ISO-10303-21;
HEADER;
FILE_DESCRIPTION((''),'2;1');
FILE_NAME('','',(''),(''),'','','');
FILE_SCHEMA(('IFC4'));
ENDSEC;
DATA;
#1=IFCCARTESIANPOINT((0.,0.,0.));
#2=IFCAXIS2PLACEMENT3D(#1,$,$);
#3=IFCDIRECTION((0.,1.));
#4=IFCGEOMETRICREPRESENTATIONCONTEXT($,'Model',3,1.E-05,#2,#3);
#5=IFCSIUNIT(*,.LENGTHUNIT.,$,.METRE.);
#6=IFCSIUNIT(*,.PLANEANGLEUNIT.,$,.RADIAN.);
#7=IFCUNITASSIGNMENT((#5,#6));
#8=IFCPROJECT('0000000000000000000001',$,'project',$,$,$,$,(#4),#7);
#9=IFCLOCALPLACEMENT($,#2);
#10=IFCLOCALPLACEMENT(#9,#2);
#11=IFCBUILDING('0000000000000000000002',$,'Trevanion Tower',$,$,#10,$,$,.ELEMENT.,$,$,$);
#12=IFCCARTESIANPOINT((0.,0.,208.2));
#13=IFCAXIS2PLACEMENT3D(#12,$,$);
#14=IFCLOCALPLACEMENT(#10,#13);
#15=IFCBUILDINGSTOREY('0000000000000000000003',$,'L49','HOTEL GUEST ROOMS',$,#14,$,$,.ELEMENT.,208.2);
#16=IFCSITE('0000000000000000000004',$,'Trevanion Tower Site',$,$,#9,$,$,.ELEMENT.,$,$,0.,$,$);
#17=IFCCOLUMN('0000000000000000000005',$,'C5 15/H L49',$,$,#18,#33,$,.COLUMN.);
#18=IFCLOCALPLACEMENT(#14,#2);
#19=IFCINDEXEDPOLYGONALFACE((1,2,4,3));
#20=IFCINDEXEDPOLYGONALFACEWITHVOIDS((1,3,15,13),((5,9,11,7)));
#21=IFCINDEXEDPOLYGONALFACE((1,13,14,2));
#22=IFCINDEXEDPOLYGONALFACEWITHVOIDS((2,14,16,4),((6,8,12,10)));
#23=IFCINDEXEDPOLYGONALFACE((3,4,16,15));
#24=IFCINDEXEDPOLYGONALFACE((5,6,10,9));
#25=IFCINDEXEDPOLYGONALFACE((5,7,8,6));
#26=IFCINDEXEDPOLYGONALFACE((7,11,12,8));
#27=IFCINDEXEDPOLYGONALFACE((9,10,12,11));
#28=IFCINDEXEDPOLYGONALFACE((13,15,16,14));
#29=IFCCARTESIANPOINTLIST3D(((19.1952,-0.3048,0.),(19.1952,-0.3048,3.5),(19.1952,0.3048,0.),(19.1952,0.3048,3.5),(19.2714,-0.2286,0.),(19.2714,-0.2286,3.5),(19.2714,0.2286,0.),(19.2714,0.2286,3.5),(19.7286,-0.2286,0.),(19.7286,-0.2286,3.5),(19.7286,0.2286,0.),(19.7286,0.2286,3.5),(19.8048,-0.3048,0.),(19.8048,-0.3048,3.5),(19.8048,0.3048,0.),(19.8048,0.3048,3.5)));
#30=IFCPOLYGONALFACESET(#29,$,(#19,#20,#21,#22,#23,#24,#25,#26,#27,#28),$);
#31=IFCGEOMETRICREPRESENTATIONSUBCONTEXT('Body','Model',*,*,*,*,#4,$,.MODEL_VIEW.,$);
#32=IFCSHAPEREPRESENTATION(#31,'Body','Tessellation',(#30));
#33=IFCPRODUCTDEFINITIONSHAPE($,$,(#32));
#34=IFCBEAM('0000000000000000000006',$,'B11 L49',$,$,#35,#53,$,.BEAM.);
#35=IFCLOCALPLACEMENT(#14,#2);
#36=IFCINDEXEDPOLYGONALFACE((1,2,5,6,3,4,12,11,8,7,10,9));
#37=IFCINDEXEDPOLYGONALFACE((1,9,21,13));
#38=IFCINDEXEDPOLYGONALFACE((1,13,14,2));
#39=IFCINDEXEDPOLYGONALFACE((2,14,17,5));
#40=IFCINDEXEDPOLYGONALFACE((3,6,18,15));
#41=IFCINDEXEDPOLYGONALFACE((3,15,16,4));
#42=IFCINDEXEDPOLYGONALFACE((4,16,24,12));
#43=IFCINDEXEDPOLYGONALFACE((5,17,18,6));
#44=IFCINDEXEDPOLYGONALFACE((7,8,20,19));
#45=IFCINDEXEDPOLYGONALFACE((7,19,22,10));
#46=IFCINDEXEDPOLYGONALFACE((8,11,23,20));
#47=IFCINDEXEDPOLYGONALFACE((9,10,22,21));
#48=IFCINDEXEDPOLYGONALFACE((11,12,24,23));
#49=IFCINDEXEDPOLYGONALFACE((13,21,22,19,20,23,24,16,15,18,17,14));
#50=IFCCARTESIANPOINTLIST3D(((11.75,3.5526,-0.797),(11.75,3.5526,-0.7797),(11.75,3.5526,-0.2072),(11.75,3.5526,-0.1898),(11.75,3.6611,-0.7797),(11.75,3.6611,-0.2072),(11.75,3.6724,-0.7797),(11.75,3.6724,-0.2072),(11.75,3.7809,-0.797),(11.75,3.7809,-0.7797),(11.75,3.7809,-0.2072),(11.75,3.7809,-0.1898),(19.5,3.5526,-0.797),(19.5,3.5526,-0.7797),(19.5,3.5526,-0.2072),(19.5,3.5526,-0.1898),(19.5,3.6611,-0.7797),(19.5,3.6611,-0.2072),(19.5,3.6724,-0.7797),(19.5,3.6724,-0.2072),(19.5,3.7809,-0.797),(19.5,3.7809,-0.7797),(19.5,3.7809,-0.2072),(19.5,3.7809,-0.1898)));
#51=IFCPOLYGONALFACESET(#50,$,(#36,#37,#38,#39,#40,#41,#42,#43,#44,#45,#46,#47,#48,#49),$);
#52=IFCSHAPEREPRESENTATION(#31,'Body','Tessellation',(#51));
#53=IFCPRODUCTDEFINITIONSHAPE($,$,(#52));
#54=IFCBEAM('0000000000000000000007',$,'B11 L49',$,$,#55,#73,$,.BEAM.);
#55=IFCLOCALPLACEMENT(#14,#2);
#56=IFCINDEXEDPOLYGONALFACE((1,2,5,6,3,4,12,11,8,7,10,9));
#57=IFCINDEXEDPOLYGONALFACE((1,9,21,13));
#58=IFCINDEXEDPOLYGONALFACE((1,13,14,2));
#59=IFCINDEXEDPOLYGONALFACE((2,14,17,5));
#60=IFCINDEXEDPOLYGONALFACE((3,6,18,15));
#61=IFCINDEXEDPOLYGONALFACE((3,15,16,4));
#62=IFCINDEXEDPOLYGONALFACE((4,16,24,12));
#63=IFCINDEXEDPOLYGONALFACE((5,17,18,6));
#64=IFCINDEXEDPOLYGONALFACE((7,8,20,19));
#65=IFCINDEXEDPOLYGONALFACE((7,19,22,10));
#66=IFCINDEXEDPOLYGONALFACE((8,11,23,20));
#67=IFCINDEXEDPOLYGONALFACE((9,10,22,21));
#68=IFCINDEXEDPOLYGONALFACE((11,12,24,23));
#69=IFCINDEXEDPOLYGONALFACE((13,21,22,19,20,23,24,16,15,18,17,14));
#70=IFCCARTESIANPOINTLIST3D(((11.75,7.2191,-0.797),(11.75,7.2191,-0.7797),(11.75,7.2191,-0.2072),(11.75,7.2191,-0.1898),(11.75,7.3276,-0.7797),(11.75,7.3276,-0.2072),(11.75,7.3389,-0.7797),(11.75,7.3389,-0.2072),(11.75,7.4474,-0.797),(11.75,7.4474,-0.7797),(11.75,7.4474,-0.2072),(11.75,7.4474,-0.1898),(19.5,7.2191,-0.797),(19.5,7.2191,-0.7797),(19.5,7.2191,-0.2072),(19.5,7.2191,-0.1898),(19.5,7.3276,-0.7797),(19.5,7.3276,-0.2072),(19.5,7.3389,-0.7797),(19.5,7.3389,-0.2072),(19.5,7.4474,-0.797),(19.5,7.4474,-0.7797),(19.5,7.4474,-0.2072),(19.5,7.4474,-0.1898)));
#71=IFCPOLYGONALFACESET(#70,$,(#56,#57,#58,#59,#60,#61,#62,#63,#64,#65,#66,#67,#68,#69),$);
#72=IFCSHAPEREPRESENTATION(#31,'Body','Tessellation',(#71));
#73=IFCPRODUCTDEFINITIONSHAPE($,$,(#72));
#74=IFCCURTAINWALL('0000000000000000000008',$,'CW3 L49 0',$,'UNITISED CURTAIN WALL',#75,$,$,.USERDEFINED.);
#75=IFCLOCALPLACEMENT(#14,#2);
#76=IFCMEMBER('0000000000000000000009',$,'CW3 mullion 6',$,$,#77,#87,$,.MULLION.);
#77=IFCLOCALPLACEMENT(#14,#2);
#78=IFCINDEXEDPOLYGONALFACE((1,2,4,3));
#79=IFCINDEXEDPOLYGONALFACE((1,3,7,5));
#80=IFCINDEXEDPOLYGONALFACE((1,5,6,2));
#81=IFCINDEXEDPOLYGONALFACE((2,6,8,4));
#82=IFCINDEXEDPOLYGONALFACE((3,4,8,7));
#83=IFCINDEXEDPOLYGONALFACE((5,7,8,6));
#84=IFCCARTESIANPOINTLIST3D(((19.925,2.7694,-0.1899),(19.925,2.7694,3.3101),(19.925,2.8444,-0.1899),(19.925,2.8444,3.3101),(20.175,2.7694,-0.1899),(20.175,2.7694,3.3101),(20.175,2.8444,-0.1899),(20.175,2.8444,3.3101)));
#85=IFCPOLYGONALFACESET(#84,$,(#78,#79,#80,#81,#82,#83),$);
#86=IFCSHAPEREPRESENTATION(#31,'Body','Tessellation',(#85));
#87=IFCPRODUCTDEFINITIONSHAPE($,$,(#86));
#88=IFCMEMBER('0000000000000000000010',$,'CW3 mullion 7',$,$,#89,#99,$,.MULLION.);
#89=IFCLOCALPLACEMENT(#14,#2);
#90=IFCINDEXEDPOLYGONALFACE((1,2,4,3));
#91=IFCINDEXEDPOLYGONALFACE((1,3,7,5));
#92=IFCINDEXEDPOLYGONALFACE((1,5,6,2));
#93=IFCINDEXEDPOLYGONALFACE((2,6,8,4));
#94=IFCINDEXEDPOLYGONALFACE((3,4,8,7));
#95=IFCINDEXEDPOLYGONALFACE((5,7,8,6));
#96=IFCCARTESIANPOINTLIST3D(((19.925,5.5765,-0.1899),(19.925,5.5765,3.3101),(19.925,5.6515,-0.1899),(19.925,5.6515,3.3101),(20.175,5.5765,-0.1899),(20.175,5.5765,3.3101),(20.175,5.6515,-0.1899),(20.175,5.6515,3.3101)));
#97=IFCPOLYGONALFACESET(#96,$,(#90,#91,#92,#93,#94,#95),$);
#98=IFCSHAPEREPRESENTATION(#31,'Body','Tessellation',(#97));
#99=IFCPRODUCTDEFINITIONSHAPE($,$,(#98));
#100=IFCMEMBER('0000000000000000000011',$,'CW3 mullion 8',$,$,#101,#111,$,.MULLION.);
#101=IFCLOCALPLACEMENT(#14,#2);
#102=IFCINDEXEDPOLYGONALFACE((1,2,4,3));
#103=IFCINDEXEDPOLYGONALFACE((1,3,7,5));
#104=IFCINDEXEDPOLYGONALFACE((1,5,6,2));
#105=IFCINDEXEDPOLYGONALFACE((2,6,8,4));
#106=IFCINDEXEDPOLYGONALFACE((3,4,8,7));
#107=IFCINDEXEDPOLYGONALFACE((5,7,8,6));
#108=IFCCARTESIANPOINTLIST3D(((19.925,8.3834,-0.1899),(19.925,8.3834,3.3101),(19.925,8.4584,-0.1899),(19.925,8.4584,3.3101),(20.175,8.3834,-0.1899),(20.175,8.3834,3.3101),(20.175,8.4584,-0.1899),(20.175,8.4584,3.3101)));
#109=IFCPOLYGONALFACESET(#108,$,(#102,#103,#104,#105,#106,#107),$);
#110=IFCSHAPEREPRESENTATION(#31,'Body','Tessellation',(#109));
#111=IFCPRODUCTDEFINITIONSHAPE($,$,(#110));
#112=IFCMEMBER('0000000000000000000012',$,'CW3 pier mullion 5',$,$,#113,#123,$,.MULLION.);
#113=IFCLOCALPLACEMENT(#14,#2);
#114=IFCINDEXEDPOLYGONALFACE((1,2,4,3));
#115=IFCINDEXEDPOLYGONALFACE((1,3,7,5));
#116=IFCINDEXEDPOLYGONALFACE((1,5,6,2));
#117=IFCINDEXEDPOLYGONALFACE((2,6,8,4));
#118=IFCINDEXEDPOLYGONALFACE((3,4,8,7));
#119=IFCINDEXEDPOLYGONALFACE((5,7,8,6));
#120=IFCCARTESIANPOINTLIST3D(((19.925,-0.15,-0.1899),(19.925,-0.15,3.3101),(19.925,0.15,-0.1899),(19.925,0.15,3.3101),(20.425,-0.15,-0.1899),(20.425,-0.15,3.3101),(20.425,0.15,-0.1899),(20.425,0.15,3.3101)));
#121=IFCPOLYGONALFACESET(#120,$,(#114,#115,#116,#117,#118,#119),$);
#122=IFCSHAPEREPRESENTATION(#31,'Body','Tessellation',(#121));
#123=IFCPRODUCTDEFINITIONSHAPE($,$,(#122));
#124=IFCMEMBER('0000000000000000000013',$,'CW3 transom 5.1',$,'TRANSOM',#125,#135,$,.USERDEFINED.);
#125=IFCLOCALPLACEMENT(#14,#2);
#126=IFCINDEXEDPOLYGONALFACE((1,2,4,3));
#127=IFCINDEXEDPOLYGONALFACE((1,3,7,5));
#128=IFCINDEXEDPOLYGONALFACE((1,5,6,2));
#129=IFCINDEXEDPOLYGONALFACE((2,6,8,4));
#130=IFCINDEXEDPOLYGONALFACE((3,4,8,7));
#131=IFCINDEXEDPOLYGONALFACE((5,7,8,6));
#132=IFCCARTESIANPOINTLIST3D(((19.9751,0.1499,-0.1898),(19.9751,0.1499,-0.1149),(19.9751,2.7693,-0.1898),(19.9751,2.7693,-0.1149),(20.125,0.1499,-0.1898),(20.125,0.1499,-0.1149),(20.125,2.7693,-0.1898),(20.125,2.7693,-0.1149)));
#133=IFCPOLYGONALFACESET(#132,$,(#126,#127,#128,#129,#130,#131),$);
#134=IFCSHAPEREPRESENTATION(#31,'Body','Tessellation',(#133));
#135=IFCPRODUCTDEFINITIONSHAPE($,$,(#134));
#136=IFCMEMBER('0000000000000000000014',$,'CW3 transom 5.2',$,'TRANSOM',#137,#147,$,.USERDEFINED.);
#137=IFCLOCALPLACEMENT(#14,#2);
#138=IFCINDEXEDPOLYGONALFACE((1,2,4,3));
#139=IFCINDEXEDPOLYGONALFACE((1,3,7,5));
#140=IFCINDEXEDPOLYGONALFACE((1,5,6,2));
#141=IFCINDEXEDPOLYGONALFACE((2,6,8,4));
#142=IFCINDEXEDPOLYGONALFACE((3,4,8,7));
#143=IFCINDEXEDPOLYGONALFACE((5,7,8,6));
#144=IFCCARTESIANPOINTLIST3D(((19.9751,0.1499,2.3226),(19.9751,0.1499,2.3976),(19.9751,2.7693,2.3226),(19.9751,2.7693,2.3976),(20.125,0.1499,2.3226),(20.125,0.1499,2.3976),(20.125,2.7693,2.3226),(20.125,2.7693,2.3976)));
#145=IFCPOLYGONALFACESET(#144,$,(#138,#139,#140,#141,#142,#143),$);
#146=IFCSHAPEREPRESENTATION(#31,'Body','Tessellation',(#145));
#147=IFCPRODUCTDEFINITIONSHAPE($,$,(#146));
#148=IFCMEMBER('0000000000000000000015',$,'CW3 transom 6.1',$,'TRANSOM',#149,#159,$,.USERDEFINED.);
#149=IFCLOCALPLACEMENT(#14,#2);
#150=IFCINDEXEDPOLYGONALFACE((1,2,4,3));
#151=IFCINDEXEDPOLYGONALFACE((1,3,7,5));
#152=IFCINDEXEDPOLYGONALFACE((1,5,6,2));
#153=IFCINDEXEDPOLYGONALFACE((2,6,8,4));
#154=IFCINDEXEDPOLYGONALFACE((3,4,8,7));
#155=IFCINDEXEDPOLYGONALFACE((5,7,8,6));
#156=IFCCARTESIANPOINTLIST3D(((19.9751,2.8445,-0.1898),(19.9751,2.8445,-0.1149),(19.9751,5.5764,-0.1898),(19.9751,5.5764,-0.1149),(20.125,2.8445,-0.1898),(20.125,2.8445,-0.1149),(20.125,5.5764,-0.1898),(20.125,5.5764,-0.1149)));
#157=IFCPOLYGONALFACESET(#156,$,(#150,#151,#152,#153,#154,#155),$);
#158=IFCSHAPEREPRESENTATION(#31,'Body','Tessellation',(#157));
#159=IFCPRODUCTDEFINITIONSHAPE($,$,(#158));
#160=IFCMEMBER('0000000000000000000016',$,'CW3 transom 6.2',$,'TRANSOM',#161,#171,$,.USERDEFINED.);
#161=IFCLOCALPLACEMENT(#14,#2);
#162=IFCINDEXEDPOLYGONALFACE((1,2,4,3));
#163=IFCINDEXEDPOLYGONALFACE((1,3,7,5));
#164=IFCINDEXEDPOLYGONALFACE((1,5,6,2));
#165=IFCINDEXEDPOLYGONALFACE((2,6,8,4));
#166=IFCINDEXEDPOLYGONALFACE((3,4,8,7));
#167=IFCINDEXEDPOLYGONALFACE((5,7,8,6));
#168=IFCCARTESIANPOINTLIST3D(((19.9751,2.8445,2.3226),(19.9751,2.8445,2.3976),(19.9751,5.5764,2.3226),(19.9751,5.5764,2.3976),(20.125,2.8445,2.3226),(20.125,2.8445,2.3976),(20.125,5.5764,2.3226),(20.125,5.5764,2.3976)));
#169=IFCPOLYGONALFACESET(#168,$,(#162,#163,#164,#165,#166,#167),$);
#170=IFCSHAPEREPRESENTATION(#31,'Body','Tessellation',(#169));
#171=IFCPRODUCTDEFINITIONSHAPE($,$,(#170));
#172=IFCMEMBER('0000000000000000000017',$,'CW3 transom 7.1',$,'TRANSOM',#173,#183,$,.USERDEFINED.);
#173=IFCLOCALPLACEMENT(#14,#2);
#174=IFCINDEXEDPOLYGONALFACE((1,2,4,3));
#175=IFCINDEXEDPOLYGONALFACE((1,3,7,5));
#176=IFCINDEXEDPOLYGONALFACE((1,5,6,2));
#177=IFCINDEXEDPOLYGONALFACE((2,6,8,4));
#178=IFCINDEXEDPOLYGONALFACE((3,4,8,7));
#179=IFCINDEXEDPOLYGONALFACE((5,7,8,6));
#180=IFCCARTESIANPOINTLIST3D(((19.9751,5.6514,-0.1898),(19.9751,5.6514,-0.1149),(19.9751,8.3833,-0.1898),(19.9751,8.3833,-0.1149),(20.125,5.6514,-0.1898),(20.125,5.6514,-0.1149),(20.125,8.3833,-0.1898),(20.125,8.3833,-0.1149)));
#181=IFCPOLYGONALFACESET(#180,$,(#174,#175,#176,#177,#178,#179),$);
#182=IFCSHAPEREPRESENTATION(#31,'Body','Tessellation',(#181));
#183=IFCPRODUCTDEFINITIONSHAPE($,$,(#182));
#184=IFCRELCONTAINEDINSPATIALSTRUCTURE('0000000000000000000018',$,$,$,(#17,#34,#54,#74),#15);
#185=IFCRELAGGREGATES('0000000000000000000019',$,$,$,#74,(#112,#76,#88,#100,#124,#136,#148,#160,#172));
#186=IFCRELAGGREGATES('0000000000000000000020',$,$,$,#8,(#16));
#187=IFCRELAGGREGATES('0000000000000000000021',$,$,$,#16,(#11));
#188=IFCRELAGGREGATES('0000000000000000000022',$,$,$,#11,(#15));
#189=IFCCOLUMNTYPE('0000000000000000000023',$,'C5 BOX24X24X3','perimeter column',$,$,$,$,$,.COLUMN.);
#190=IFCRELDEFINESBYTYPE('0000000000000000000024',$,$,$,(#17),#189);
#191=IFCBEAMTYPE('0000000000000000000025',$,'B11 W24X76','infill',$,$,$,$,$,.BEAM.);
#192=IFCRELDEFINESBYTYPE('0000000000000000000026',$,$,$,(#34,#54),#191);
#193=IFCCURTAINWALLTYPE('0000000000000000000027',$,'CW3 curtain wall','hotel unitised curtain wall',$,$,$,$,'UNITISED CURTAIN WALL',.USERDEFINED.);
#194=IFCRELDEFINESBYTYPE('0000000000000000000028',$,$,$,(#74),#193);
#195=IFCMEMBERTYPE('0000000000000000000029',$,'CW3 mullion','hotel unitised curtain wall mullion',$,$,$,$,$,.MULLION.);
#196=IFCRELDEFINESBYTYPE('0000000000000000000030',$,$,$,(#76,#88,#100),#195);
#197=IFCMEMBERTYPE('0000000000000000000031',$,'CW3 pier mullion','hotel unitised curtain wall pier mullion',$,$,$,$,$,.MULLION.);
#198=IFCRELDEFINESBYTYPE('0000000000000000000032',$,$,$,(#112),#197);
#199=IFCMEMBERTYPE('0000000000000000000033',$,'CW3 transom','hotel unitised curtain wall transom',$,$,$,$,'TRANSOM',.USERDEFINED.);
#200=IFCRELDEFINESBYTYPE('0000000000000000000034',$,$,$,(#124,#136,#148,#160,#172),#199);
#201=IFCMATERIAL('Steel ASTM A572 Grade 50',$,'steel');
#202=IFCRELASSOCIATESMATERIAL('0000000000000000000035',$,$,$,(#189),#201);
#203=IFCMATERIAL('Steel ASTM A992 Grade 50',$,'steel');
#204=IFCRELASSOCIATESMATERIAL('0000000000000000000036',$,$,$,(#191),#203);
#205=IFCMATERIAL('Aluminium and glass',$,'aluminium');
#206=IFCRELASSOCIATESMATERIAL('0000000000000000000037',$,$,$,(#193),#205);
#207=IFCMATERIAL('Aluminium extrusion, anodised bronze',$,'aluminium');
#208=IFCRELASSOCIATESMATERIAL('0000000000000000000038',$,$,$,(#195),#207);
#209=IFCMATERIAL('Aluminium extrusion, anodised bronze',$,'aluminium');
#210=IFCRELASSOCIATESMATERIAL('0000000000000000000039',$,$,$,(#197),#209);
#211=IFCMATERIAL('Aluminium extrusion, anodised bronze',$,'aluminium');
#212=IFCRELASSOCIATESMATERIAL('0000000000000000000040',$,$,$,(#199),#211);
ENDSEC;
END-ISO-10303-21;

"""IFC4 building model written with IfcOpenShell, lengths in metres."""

from ifc_helpers import new_model, si_unit, direction, frame, origin, origin_2d, place, context, subcontext, project, spatial, rectangle, hollow_rectangle, i_section, extrude, material, material_profile, profile_set, type_object, element, aggregate, save


model = new_model("IFC4")

# Units and contexts
model_context = context("Model", 3, precision=1e-05, world=origin(), true_north=direction((0.0, 1.0)))
body_context = subcontext(model_context, "Body", "Model", "MODEL_VIEW")
ifc_project = project(units=[si_unit("LENGTHUNIT", "METRE"), si_unit("PLANEANGLEUNIT", "RADIAN")], contexts=[model_context])

# Site, building, storey
site_placement = place(None, origin())
site = spatial("IfcSite", under=ifc_project, at=site_placement, Name="Trevanion Tower Site", CompositionType="ELEMENT", RefElevation=0.0)
building_placement = place(site_placement, origin())
building = spatial("IfcBuilding", under=site, at=building_placement, Name="Trevanion Tower", CompositionType="ELEMENT")
storey_placement = place(building_placement, frame((0.0, 0.0, 208.2)))
storey = spatial("IfcBuildingStorey", under=building, at=storey_placement, Name="L49", Description="HOTEL GUEST ROOMS", CompositionType="ELEMENT", Elevation=208.2)

# Column
ifc_material_1 = material(Name="Steel ASTM A572 Grade 50", Category="steel")
ifc_material_profile_1 = material_profile(ifc_material_1, hollow_rectangle(XDim=0.6096, YDim=0.6096, WallThickness=0.0762, at=origin_2d()), Name="BOX24X24X3")
ifc_profile_set_1 = profile_set([ifc_material_profile_1], Name="Steel ASTM A572 Grade 50")
column_type = type_object("IfcColumnType", Name="C5 BOX24X24X3", Description="perimeter column", PredefinedType="COLUMN", material=ifc_profile_set_1)
column_placement = place(storey_placement, frame((19.5, 0.0, 0.0), z_axis=(0.0, 0.0, 1.0), x_axis=(0.0, 1.0, 0.0)))
element("IfcColumn", 1, at=column_placement, inside=storey, type_object=column_type, Name="C5 15/H L49", PredefinedType="COLUMN", context=body_context, shape_type="SweptSolid", body=[
    extrude(hollow_rectangle(XDim=0.6096, YDim=0.6096, WallThickness=0.0762, at=origin_2d()), origin(), (0.0, 0.0, 1.0), 3.5),
])

# Beams
ifc_material_2 = material(Name="Steel ASTM A992 Grade 50", Category="steel")
ifc_material_profile_2 = material_profile(ifc_material_2, i_section(OverallWidth=0.2283, OverallDepth=0.6072, WebThickness=0.0112, FlangeThickness=0.0173, at=origin_2d()), Name="W24X76")
ifc_profile_set_2 = profile_set([ifc_material_profile_2], Name="Steel ASTM A992 Grade 50")
beam_type_1 = type_object("IfcBeamType", Name="B11 W24X76", Description="infill", PredefinedType="BEAM", material=ifc_profile_set_2)
for number, where, z_axis, x_axis, name in (
    (2, (11.75, 3.6667, -0.4934), (1.0, 0.0, 0.0), (0.0, 1.0, 0.0), "B11 L49"),
    (3, (11.75, 7.3333, -0.4934), (1.0, 0.0, 0.0), (0.0, 1.0, 0.0), "B11 L49"),
):
    element("IfcBeam", number, at=place(storey_placement, frame(where, z_axis=z_axis, x_axis=x_axis)), inside=storey, type_object=beam_type_1, Name=name, PredefinedType="BEAM", context=body_context, shape_type="SweptSolid", body=[
        extrude(i_section(OverallWidth=0.2283, OverallDepth=0.6072, WebThickness=0.0112, FlangeThickness=0.0173, at=origin_2d()), origin(), (0.0, 0.0, 1.0), 7.75),
    ])

# Curtain wall, members
ifc_material_3 = material(Name="Aluminium and glass", Category="aluminium")
curtain_wall_type = type_object("IfcCurtainWallType", Name="CW3 curtain wall", Description="hotel unitised curtain wall", ElementType="UNITISED CURTAIN WALL", PredefinedType="USERDEFINED", material=ifc_material_3)
curtain_wall_placement = place(storey_placement, origin())
curtain_wall = element("IfcCurtainWall", 4, at=curtain_wall_placement, inside=storey, type_object=curtain_wall_type, Name="CW3 L49 0", ObjectType="UNITISED CURTAIN WALL", PredefinedType="USERDEFINED")
ifc_material_4 = material(Name="Aluminium extrusion, anodised bronze", Category="aluminium")
ifc_material_profile_3 = material_profile(ifc_material_4, rectangle(XDim=0.075, YDim=0.25, at=origin_2d()), Name="CW3 mullion")
ifc_profile_set_3 = profile_set([ifc_material_profile_3], Name="Aluminium extrusion, anodised bronze")
member_type_1 = type_object("IfcMemberType", Name="CW3 mullion", Description="hotel unitised curtain wall mullion", PredefinedType="MULLION", material=ifc_profile_set_3)
member_1_placement = place(storey_placement, frame((20.05, 2.8069, -0.1899), z_axis=(0.0, 0.0, 1.0), x_axis=(0.0, 1.0, 0.0)))
member_1 = element("IfcMember", 5, at=member_1_placement, type_object=member_type_1, Name="CW3 mullion 6", PredefinedType="MULLION", context=body_context, shape_type="SweptSolid", body=[
    extrude(rectangle(XDim=0.075, YDim=0.25, at=origin_2d()), origin(), (0.0, 0.0, 1.0), 3.5),
])
member_2_placement = place(storey_placement, frame((20.05, 5.614, -0.1899), z_axis=(0.0, 0.0, 1.0), x_axis=(0.0, 1.0, 0.0)))
member_2 = element("IfcMember", 6, at=member_2_placement, type_object=member_type_1, Name="CW3 mullion 7", PredefinedType="MULLION", context=body_context, shape_type="SweptSolid", body=[
    extrude(rectangle(XDim=0.075, YDim=0.25, at=origin_2d()), origin(), (0.0, 0.0, 1.0), 3.5),
])
member_3_placement = place(storey_placement, frame((20.05, 8.4209, -0.1899), z_axis=(0.0, 0.0, 1.0), x_axis=(0.0, 1.0, 0.0)))
member_3 = element("IfcMember", 7, at=member_3_placement, type_object=member_type_1, Name="CW3 mullion 8", PredefinedType="MULLION", context=body_context, shape_type="SweptSolid", body=[
    extrude(rectangle(XDim=0.075, YDim=0.25, at=origin_2d()), origin(), (0.0, 0.0, 1.0), 3.5),
])
ifc_material_5 = material(Name="Aluminium extrusion, anodised bronze", Category="aluminium")
ifc_material_profile_4 = material_profile(ifc_material_5, rectangle(XDim=0.3, YDim=0.5, at=origin_2d()), Name="CW3 pier mullion")
ifc_profile_set_4 = profile_set([ifc_material_profile_4], Name="Aluminium extrusion, anodised bronze")
member_type_2 = type_object("IfcMemberType", Name="CW3 pier mullion", Description="hotel unitised curtain wall pier mullion", PredefinedType="MULLION", material=ifc_profile_set_4)
member_4_placement = place(storey_placement, frame((20.175, 0.0, -0.1899), z_axis=(0.0, 0.0, 1.0), x_axis=(0.0, 1.0, 0.0)))
member_4 = element("IfcMember", 8, at=member_4_placement, type_object=member_type_2, Name="CW3 pier mullion 5", PredefinedType="MULLION", context=body_context, shape_type="SweptSolid", body=[
    extrude(rectangle(XDim=0.3, YDim=0.5, at=origin_2d()), origin(), (0.0, 0.0, 1.0), 3.5),
])
ifc_material_6 = material(Name="Aluminium extrusion, anodised bronze", Category="aluminium")
ifc_material_profile_5 = material_profile(ifc_material_6, rectangle(XDim=0.1499, YDim=0.075, at=origin_2d()), Name="CW3 transom")
ifc_profile_set_5 = profile_set([ifc_material_profile_5], Name="Aluminium extrusion, anodised bronze")
member_type_3 = type_object("IfcMemberType", Name="CW3 transom", Description="hotel unitised curtain wall transom", ElementType="TRANSOM", PredefinedType="USERDEFINED", material=ifc_profile_set_5)
member_5_placement = place(storey_placement, frame((20.05, 0.1499, -0.1523), z_axis=(0.0, 1.0, 0.0), x_axis=(-1.0, 0.0, 0.0)))
member_5 = element("IfcMember", 9, at=member_5_placement, type_object=member_type_3, Name="CW3 transom 5.1", ObjectType="TRANSOM", PredefinedType="USERDEFINED", context=body_context, shape_type="SweptSolid", body=[
    extrude(rectangle(XDim=0.1499, YDim=0.075, at=origin_2d()), origin(), (0.0, 0.0, 1.0), 2.6194),
])
member_6_placement = place(storey_placement, frame((20.05, 0.1499, 2.3601), z_axis=(0.0, 1.0, 0.0), x_axis=(-1.0, 0.0, 0.0)))
member_6 = element("IfcMember", 10, at=member_6_placement, type_object=member_type_3, Name="CW3 transom 5.2", ObjectType="TRANSOM", PredefinedType="USERDEFINED", context=body_context, shape_type="SweptSolid", body=[
    extrude(rectangle(XDim=0.1499, YDim=0.075, at=origin_2d()), origin(), (0.0, 0.0, 1.0), 2.6194),
])
member_7_placement = place(storey_placement, frame((20.05, 2.8445, -0.1523), z_axis=(0.0, 1.0, 0.0), x_axis=(-1.0, 0.0, 0.0)))
member_7 = element("IfcMember", 11, at=member_7_placement, type_object=member_type_3, Name="CW3 transom 6.1", ObjectType="TRANSOM", PredefinedType="USERDEFINED", context=body_context, shape_type="SweptSolid", body=[
    extrude(rectangle(XDim=0.1499, YDim=0.075, at=origin_2d()), origin(), (0.0, 0.0, 1.0), 2.7319),
])
member_8_placement = place(storey_placement, frame((20.05, 2.8445, 2.3601), z_axis=(0.0, 1.0, 0.0), x_axis=(-1.0, 0.0, 0.0)))
member_8 = element("IfcMember", 12, at=member_8_placement, type_object=member_type_3, Name="CW3 transom 6.2", ObjectType="TRANSOM", PredefinedType="USERDEFINED", context=body_context, shape_type="SweptSolid", body=[
    extrude(rectangle(XDim=0.1499, YDim=0.075, at=origin_2d()), origin(), (0.0, 0.0, 1.0), 2.7319),
])
member_9_placement = place(storey_placement, frame((20.05, 5.6514, -0.1523), z_axis=(0.0, 1.0, 0.0), x_axis=(-1.0, 0.0, 0.0)))
member_9 = element("IfcMember", 13, at=member_9_placement, type_object=member_type_3, Name="CW3 transom 7.1", ObjectType="TRANSOM", PredefinedType="USERDEFINED", context=body_context, shape_type="SweptSolid", body=[
    extrude(rectangle(XDim=0.1499, YDim=0.075, at=origin_2d()), origin(), (0.0, 0.0, 1.0), 2.7319),
])

aggregate(curtain_wall, [member_4, member_1, member_2, member_3, member_5, member_6, member_7, member_8, member_9])

save(model, "model.ifc")
